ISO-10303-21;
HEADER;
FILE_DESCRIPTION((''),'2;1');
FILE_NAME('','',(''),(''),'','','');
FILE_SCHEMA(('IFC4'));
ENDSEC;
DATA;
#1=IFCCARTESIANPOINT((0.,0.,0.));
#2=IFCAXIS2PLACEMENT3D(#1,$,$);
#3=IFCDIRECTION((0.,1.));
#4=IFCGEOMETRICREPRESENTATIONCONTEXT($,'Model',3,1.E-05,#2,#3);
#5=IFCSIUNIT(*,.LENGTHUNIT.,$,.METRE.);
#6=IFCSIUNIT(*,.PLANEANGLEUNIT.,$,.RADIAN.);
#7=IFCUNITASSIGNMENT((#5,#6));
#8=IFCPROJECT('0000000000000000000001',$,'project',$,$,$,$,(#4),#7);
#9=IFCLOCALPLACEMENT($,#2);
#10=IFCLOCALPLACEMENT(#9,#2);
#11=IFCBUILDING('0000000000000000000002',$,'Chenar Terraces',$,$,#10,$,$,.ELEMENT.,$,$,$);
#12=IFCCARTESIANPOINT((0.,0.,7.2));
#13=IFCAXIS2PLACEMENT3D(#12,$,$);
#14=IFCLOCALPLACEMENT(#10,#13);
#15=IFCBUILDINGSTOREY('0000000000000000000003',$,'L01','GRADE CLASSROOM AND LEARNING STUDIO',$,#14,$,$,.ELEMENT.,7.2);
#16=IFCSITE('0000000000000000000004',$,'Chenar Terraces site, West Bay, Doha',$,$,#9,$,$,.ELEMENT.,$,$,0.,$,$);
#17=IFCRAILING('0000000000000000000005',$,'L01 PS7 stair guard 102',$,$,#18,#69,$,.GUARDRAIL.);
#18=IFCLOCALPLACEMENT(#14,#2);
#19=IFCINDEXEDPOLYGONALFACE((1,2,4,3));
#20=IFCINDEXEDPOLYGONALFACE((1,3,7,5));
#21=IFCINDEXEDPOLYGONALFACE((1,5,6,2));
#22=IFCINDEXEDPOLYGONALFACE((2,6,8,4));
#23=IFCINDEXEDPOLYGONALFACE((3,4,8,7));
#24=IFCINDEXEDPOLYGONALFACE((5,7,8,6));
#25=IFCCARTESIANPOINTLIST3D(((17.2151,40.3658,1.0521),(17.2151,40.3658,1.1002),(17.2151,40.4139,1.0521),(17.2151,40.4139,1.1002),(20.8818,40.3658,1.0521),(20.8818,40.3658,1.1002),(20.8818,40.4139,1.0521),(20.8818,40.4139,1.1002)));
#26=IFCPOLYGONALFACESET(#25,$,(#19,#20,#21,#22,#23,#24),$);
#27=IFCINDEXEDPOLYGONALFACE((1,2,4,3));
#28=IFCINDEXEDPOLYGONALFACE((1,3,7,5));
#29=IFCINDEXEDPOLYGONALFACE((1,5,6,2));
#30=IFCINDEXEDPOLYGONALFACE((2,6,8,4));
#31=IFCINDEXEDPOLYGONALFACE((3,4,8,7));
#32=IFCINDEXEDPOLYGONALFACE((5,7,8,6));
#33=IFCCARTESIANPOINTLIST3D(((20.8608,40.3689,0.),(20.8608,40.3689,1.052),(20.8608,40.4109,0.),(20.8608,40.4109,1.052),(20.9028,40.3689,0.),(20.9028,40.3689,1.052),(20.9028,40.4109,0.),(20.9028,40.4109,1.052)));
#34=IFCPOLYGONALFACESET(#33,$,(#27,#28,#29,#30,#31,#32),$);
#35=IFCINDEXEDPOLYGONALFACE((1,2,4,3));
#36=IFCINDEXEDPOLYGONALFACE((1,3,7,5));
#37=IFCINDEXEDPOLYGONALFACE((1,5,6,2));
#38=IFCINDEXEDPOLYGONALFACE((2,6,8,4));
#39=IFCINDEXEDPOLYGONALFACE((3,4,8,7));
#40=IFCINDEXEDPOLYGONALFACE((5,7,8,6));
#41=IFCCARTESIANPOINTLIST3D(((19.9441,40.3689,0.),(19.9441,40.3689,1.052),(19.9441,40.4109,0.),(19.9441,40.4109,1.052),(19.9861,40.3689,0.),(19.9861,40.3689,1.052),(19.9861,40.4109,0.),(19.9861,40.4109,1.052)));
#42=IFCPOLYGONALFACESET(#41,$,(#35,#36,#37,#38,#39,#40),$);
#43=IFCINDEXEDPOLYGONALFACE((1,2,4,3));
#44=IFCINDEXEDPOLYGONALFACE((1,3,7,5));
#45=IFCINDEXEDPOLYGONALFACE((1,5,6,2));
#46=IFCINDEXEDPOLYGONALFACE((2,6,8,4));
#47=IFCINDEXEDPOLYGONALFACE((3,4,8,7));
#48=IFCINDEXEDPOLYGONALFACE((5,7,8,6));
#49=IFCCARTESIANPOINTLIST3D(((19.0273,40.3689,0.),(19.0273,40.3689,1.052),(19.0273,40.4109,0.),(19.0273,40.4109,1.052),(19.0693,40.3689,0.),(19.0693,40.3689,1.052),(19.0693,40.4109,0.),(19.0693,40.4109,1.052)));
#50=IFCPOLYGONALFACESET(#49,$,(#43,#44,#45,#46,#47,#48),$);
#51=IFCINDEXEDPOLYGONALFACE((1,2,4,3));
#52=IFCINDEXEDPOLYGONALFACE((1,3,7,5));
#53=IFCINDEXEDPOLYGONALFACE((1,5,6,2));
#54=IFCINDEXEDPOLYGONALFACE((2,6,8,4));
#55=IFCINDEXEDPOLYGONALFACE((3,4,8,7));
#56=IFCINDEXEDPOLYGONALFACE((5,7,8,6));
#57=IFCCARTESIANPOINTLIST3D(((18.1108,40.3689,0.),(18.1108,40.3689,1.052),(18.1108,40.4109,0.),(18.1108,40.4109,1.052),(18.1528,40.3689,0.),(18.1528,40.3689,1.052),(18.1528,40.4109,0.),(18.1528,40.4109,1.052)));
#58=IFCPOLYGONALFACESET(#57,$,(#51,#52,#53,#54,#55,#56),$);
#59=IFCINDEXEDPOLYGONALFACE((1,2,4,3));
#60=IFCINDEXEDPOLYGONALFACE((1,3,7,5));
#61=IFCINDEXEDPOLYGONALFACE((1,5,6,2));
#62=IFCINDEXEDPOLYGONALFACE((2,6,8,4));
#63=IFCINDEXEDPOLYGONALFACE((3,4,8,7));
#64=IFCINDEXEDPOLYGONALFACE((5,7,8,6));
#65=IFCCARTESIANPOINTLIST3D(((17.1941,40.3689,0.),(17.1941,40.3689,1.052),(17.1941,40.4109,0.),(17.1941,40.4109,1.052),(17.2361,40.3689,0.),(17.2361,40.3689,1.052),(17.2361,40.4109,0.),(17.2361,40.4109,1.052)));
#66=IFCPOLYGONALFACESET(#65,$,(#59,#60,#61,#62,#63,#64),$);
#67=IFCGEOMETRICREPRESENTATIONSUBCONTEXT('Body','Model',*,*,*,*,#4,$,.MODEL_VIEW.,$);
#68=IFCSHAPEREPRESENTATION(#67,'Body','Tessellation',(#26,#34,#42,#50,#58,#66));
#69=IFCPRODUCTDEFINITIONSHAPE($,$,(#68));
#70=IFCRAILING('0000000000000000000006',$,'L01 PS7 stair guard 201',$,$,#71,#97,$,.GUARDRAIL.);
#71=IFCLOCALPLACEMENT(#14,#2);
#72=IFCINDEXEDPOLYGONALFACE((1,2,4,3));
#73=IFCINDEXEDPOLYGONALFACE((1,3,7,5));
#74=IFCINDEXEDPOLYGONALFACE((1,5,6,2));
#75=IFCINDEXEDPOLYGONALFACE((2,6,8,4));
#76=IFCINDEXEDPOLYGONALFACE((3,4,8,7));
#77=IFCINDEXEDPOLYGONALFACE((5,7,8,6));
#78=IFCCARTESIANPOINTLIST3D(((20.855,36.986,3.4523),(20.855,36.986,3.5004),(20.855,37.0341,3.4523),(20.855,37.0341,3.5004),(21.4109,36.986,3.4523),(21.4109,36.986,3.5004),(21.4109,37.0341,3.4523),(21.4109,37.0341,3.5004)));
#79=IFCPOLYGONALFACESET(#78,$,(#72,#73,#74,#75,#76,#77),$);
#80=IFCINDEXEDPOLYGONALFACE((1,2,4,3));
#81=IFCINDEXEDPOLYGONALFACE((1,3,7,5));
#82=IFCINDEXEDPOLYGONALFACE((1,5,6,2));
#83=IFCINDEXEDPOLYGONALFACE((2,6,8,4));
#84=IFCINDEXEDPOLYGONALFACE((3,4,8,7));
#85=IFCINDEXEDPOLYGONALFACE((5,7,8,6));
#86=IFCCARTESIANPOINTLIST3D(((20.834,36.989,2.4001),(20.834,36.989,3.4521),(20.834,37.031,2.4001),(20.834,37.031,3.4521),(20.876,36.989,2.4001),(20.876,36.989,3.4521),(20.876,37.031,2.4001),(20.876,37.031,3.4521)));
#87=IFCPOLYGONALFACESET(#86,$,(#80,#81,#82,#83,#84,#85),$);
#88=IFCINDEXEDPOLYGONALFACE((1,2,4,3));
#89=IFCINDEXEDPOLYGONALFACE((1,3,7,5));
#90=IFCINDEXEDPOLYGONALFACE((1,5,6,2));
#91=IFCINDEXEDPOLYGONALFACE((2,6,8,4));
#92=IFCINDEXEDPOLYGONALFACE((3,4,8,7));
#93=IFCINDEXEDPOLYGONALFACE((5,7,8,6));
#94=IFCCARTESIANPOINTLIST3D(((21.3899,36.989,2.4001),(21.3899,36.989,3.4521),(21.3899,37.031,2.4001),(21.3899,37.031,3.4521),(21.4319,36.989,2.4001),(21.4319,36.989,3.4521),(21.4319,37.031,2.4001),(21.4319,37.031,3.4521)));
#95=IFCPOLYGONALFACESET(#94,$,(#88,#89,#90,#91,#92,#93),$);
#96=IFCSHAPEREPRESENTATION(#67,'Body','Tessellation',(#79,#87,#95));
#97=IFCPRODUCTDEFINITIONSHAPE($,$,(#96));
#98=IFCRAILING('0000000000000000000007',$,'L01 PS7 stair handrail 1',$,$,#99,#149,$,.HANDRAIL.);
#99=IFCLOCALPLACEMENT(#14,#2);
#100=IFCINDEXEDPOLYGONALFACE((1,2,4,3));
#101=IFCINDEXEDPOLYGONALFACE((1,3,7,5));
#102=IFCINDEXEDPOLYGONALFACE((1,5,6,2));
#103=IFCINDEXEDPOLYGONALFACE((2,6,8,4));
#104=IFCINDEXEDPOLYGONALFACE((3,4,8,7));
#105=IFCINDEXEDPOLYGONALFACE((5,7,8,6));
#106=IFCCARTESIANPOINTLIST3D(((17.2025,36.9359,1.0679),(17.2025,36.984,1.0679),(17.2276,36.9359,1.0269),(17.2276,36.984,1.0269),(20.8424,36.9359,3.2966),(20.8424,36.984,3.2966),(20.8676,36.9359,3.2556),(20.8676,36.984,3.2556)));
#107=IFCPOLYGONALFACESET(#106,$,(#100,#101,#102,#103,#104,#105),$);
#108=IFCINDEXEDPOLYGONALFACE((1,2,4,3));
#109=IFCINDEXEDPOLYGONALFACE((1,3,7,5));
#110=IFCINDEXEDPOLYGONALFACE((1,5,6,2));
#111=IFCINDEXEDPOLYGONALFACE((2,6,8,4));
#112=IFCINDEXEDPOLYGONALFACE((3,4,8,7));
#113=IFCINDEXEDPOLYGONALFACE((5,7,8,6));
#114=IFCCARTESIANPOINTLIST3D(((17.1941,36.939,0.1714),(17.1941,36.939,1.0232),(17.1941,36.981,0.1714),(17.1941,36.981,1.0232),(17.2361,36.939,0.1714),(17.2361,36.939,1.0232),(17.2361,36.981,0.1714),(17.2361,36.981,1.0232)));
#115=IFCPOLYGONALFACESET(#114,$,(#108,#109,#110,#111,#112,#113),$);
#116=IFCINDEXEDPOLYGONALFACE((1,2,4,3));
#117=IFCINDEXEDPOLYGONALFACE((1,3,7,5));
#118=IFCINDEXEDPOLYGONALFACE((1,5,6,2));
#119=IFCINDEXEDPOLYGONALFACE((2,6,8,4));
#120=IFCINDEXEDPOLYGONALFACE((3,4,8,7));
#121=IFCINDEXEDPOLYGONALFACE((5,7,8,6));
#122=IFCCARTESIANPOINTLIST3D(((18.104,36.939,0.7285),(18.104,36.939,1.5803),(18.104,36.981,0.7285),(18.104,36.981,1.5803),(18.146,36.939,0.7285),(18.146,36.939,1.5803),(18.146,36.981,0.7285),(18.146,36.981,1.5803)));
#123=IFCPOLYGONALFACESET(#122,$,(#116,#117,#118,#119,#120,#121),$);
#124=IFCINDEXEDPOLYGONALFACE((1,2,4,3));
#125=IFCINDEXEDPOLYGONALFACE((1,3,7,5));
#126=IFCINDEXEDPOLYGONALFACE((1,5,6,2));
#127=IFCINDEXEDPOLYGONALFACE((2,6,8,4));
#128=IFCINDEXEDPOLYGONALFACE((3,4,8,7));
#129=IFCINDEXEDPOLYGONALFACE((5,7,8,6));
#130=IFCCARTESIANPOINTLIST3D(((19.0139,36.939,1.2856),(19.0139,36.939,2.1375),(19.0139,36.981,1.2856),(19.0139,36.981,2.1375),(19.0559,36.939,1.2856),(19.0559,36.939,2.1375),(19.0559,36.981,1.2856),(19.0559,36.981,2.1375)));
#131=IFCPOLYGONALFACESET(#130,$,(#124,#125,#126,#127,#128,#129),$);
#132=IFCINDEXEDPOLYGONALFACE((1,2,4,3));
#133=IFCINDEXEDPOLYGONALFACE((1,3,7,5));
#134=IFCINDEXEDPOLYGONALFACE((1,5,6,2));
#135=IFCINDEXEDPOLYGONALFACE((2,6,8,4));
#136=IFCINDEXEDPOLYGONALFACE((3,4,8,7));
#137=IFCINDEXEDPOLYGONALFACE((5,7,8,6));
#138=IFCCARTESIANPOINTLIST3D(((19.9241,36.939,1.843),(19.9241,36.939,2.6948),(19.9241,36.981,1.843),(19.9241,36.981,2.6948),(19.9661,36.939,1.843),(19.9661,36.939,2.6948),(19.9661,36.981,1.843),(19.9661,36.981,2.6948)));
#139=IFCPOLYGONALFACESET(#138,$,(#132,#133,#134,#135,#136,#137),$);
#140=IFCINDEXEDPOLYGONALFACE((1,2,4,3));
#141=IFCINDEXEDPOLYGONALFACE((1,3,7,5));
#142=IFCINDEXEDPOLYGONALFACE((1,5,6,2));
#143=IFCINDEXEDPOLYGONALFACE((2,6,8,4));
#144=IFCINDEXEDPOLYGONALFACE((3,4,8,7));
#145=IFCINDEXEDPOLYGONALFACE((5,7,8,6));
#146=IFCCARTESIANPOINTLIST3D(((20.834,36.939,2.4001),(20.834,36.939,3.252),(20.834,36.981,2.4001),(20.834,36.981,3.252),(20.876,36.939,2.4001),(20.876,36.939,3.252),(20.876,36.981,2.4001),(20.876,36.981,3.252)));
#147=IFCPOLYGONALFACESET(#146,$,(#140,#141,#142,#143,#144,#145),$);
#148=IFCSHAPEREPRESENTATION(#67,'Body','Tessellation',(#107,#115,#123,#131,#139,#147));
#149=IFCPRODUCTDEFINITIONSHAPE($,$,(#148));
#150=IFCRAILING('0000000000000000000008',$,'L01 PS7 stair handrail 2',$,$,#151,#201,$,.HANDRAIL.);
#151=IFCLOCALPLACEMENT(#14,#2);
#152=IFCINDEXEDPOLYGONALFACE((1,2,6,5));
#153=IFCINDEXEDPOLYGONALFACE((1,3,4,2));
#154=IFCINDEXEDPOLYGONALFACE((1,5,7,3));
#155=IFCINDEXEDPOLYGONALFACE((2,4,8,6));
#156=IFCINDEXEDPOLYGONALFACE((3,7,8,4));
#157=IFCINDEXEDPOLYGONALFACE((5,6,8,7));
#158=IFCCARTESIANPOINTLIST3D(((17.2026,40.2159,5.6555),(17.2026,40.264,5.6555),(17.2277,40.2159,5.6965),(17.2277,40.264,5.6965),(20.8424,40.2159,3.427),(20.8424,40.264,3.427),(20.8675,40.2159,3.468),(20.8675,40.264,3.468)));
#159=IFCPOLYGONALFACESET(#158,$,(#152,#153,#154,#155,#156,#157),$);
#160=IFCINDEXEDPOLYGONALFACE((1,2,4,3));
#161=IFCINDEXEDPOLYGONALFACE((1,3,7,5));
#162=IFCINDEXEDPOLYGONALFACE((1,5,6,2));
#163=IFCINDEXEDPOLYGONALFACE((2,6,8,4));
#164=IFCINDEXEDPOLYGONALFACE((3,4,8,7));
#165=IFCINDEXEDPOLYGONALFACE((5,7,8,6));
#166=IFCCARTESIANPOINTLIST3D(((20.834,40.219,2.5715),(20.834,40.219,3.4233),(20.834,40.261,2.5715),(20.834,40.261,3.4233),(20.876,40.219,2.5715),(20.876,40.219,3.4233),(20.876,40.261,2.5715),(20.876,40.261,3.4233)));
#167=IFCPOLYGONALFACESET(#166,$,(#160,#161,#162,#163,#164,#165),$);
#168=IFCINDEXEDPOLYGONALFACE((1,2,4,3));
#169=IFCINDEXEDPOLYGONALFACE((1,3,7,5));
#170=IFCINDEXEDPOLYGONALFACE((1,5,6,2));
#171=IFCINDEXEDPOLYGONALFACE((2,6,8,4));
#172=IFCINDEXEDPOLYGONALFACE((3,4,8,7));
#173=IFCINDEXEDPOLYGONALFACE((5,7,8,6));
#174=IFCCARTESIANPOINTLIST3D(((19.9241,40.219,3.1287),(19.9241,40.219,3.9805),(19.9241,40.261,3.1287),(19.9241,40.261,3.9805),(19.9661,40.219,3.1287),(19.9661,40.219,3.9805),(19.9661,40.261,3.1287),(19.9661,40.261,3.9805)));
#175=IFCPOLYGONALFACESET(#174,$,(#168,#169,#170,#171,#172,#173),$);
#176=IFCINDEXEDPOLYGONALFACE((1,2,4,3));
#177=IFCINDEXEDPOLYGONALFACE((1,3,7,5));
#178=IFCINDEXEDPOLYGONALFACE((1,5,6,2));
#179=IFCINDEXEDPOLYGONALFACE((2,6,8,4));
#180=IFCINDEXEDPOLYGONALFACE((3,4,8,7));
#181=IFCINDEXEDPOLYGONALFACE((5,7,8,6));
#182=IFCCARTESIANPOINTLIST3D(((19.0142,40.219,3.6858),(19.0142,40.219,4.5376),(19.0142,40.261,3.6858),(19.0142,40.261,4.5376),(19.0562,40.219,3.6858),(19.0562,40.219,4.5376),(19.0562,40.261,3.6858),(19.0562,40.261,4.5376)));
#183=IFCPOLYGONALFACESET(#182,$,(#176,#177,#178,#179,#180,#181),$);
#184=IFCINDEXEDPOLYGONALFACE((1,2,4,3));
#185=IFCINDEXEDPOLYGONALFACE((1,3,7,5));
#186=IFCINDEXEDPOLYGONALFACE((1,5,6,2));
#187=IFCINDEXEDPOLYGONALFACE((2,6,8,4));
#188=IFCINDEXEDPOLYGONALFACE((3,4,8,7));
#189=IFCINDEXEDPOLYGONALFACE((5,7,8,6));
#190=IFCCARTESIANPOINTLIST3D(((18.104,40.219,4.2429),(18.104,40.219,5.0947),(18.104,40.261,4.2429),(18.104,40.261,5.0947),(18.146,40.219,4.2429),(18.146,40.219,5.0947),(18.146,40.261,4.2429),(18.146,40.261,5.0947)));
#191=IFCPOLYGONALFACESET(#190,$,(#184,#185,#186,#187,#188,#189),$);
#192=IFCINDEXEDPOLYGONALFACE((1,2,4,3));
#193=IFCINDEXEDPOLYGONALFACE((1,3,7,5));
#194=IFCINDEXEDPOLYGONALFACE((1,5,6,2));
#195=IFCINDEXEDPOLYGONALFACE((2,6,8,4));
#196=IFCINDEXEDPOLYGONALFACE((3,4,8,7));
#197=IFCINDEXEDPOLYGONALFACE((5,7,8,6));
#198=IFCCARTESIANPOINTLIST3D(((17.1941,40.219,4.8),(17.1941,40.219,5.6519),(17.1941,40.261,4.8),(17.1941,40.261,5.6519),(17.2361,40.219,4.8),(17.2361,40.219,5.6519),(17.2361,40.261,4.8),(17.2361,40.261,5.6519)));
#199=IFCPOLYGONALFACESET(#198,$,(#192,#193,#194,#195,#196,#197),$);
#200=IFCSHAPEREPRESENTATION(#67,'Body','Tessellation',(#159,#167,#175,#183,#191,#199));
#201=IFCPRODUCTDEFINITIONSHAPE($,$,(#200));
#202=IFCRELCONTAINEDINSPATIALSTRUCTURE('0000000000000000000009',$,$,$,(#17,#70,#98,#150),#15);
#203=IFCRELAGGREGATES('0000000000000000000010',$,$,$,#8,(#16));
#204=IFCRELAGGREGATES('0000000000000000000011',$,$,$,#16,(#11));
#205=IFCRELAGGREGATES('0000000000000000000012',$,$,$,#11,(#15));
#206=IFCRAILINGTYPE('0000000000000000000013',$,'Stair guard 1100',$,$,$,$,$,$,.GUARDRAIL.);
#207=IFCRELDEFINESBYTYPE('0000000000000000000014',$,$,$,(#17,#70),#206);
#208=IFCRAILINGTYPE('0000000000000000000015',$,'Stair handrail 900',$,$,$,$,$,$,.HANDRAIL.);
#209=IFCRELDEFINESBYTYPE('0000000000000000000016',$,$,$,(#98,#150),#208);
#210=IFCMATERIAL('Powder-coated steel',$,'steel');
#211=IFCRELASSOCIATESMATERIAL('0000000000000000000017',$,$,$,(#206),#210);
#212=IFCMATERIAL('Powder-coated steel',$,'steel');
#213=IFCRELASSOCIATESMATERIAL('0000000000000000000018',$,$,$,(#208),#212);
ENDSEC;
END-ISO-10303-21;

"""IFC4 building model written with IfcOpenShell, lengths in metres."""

from ifc_helpers import new_model, si_unit, direction, frame, origin, origin_2d, place, context, subcontext, project, spatial, rectangle, extrude, material, type_object, element, save


model = new_model("IFC4")

# Units and contexts
model_context = context("Model", 3, precision=1e-05, world=origin(), true_north=direction((0.0, 1.0)))
body_context = subcontext(model_context, "Body", "Model", "MODEL_VIEW")
ifc_project = project(units=[si_unit("LENGTHUNIT", "METRE"), si_unit("PLANEANGLEUNIT", "RADIAN")], contexts=[model_context])

# Site, building, storey
site_placement = place(None, origin())
site = spatial("IfcSite", under=ifc_project, at=site_placement, Name="Chenar Terraces site, West Bay, Doha", CompositionType="ELEMENT", RefElevation=0.0)
building_placement = place(site_placement, origin())
building = spatial("IfcBuilding", under=site, at=building_placement, Name="Chenar Terraces", CompositionType="ELEMENT")
storey_placement = place(building_placement, frame((0.0, 0.0, 7.2)))
storey = spatial("IfcBuildingStorey", under=building, at=storey_placement, Name="L01", Description="GRADE CLASSROOM AND LEARNING STUDIO", CompositionType="ELEMENT", Elevation=7.2)

# Railings
ifc_material_1 = material(Name="Powder-coated steel", Category="steel")
railing_type_1 = type_object("IfcRailingType", Name="Stair guard 1100", PredefinedType="GUARDRAIL", material=ifc_material_1)
railing_1_placement = place(storey_placement, frame((20.8818, 40.3899, 0.0)))
element("IfcRailing", 1, at=railing_1_placement, inside=storey, type_object=railing_type_1, Name="L01 PS7 stair guard 102", PredefinedType="GUARDRAIL", context=body_context, shape_type="SweptSolid", body=[
    extrude(rectangle(XDim=0.0481, YDim=0.0481, at=origin_2d()), frame((0.0, 0.0, 1.0762), z_axis=(-1.0, 0.0, 0.0), x_axis=(0.0, -1.0, 0.0)), (0.0, 0.0, 1.0), 3.6667),
    extrude(rectangle(XDim=0.042, YDim=0.042, at=origin_2d()), origin(), (0.0, 0.0, 1.0), 1.052),
    extrude(rectangle(XDim=0.042, YDim=0.042, at=origin_2d()), frame((-0.9167, 0.0, 0.0)), (0.0, 0.0, 1.0), 1.052),
    extrude(rectangle(XDim=0.042, YDim=0.042, at=origin_2d()), frame((-1.8335, 0.0, 0.0)), (0.0, 0.0, 1.0), 1.052),
    extrude(rectangle(XDim=0.042, YDim=0.042, at=origin_2d()), frame((-2.75, 0.0, 0.0)), (0.0, 0.0, 1.0), 1.052),
    extrude(rectangle(XDim=0.042, YDim=0.042, at=origin_2d()), frame((-3.6667, 0.0, 0.0)), (0.0, 0.0, 1.0), 1.052),
])
railing_2_placement = place(storey_placement, frame((20.855, 37.01, 2.4001)))
element("IfcRailing", 2, at=railing_2_placement, inside=storey, type_object=railing_type_1, Name="L01 PS7 stair guard 201", PredefinedType="GUARDRAIL", context=body_context, shape_type="SweptSolid", body=[
    extrude(rectangle(XDim=0.0481, YDim=0.0481, at=origin_2d()), frame((0.0, 0.0, 1.0762), z_axis=(1.0, 0.0, 0.0), x_axis=(0.0, 1.0, 0.0)), (0.0, 0.0, 1.0), 0.5559),
    extrude(rectangle(XDim=0.042, YDim=0.042, at=origin_2d()), origin(), (0.0, 0.0, 1.0), 1.052),
    extrude(rectangle(XDim=0.042, YDim=0.042, at=origin_2d()), frame((0.5559, 0.0, 0.0)), (0.0, 0.0, 1.0), 1.052),
])
ifc_material_2 = material(Name="Powder-coated steel", Category="steel")
railing_type_2 = type_object("IfcRailingType", Name="Stair handrail 900", PredefinedType="HANDRAIL", material=ifc_material_2)
railing_3_placement = place(storey_placement, frame((17.2151, 36.96, 0.1714)))
element("IfcRailing", 3, at=railing_3_placement, inside=storey, type_object=railing_type_2, Name="L01 PS7 stair handrail 1", PredefinedType="HANDRAIL", context=body_context, shape_type="SweptSolid", body=[
    extrude(rectangle(XDim=0.0481, YDim=0.0481, at=origin_2d()), frame((0.0, 0.0, 0.876), z_axis=(0.852825, 0.0, 0.522197), x_axis=(0.0, 1.0, 0.0)), (0.0, 0.0, 1.0), 4.2681),
    extrude(rectangle(XDim=0.042, YDim=0.042, at=origin_2d()), origin(), (0.0, 0.0, 1.0), 0.8518),
    extrude(rectangle(XDim=0.042, YDim=0.042, at=origin_2d()), frame((0.9099, 0.0, 0.5571)), (0.0, 0.0, 1.0), 0.8518),
    extrude(rectangle(XDim=0.042, YDim=0.042, at=origin_2d()), frame((1.8198, 0.0, 1.1143)), (0.0, 0.0, 1.0), 0.8518),
    extrude(rectangle(XDim=0.042, YDim=0.042, at=origin_2d()), frame((2.73, 0.0, 1.6716)), (0.0, 0.0, 1.0), 0.8518),
    extrude(rectangle(XDim=0.042, YDim=0.042, at=origin_2d()), frame((3.6399, 0.0, 2.2288)), (0.0, 0.0, 1.0), 0.8518),
])
railing_4_placement = place(storey_placement, frame((20.855, 40.24, 2.5715)))
element("IfcRailing", 4, at=railing_4_placement, inside=storey, type_object=railing_type_2, Name="L01 PS7 stair handrail 2", PredefinedType="HANDRAIL", context=body_context, shape_type="SweptSolid", body=[
    extrude(rectangle(XDim=0.0481, YDim=0.0481, at=origin_2d()), frame((0.0, 0.0, 0.876), z_axis=(-0.85285, 0.0, 0.522156), x_axis=(0.0, -1.0, 0.0)), (0.0, 0.0, 1.0), 4.2678),
    extrude(rectangle(XDim=0.042, YDim=0.042, at=origin_2d()), origin(), (0.0, 0.0, 1.0), 0.8518),
    extrude(rectangle(XDim=0.042, YDim=0.042, at=origin_2d()), frame((-0.9099, 0.0, 0.5571)), (0.0, 0.0, 1.0), 0.8518),
    extrude(rectangle(XDim=0.042, YDim=0.042, at=origin_2d()), frame((-1.8198, 0.0, 1.1143)), (0.0, 0.0, 1.0), 0.8518),
    extrude(rectangle(XDim=0.042, YDim=0.042, at=origin_2d()), frame((-2.73, 0.0, 1.6714)), (0.0, 0.0, 1.0), 0.8518),
    extrude(rectangle(XDim=0.042, YDim=0.042, at=origin_2d()), frame((-3.6399, 0.0, 2.2285)), (0.0, 0.0, 1.0), 0.8518),
])

save(model, "model.ifc")
